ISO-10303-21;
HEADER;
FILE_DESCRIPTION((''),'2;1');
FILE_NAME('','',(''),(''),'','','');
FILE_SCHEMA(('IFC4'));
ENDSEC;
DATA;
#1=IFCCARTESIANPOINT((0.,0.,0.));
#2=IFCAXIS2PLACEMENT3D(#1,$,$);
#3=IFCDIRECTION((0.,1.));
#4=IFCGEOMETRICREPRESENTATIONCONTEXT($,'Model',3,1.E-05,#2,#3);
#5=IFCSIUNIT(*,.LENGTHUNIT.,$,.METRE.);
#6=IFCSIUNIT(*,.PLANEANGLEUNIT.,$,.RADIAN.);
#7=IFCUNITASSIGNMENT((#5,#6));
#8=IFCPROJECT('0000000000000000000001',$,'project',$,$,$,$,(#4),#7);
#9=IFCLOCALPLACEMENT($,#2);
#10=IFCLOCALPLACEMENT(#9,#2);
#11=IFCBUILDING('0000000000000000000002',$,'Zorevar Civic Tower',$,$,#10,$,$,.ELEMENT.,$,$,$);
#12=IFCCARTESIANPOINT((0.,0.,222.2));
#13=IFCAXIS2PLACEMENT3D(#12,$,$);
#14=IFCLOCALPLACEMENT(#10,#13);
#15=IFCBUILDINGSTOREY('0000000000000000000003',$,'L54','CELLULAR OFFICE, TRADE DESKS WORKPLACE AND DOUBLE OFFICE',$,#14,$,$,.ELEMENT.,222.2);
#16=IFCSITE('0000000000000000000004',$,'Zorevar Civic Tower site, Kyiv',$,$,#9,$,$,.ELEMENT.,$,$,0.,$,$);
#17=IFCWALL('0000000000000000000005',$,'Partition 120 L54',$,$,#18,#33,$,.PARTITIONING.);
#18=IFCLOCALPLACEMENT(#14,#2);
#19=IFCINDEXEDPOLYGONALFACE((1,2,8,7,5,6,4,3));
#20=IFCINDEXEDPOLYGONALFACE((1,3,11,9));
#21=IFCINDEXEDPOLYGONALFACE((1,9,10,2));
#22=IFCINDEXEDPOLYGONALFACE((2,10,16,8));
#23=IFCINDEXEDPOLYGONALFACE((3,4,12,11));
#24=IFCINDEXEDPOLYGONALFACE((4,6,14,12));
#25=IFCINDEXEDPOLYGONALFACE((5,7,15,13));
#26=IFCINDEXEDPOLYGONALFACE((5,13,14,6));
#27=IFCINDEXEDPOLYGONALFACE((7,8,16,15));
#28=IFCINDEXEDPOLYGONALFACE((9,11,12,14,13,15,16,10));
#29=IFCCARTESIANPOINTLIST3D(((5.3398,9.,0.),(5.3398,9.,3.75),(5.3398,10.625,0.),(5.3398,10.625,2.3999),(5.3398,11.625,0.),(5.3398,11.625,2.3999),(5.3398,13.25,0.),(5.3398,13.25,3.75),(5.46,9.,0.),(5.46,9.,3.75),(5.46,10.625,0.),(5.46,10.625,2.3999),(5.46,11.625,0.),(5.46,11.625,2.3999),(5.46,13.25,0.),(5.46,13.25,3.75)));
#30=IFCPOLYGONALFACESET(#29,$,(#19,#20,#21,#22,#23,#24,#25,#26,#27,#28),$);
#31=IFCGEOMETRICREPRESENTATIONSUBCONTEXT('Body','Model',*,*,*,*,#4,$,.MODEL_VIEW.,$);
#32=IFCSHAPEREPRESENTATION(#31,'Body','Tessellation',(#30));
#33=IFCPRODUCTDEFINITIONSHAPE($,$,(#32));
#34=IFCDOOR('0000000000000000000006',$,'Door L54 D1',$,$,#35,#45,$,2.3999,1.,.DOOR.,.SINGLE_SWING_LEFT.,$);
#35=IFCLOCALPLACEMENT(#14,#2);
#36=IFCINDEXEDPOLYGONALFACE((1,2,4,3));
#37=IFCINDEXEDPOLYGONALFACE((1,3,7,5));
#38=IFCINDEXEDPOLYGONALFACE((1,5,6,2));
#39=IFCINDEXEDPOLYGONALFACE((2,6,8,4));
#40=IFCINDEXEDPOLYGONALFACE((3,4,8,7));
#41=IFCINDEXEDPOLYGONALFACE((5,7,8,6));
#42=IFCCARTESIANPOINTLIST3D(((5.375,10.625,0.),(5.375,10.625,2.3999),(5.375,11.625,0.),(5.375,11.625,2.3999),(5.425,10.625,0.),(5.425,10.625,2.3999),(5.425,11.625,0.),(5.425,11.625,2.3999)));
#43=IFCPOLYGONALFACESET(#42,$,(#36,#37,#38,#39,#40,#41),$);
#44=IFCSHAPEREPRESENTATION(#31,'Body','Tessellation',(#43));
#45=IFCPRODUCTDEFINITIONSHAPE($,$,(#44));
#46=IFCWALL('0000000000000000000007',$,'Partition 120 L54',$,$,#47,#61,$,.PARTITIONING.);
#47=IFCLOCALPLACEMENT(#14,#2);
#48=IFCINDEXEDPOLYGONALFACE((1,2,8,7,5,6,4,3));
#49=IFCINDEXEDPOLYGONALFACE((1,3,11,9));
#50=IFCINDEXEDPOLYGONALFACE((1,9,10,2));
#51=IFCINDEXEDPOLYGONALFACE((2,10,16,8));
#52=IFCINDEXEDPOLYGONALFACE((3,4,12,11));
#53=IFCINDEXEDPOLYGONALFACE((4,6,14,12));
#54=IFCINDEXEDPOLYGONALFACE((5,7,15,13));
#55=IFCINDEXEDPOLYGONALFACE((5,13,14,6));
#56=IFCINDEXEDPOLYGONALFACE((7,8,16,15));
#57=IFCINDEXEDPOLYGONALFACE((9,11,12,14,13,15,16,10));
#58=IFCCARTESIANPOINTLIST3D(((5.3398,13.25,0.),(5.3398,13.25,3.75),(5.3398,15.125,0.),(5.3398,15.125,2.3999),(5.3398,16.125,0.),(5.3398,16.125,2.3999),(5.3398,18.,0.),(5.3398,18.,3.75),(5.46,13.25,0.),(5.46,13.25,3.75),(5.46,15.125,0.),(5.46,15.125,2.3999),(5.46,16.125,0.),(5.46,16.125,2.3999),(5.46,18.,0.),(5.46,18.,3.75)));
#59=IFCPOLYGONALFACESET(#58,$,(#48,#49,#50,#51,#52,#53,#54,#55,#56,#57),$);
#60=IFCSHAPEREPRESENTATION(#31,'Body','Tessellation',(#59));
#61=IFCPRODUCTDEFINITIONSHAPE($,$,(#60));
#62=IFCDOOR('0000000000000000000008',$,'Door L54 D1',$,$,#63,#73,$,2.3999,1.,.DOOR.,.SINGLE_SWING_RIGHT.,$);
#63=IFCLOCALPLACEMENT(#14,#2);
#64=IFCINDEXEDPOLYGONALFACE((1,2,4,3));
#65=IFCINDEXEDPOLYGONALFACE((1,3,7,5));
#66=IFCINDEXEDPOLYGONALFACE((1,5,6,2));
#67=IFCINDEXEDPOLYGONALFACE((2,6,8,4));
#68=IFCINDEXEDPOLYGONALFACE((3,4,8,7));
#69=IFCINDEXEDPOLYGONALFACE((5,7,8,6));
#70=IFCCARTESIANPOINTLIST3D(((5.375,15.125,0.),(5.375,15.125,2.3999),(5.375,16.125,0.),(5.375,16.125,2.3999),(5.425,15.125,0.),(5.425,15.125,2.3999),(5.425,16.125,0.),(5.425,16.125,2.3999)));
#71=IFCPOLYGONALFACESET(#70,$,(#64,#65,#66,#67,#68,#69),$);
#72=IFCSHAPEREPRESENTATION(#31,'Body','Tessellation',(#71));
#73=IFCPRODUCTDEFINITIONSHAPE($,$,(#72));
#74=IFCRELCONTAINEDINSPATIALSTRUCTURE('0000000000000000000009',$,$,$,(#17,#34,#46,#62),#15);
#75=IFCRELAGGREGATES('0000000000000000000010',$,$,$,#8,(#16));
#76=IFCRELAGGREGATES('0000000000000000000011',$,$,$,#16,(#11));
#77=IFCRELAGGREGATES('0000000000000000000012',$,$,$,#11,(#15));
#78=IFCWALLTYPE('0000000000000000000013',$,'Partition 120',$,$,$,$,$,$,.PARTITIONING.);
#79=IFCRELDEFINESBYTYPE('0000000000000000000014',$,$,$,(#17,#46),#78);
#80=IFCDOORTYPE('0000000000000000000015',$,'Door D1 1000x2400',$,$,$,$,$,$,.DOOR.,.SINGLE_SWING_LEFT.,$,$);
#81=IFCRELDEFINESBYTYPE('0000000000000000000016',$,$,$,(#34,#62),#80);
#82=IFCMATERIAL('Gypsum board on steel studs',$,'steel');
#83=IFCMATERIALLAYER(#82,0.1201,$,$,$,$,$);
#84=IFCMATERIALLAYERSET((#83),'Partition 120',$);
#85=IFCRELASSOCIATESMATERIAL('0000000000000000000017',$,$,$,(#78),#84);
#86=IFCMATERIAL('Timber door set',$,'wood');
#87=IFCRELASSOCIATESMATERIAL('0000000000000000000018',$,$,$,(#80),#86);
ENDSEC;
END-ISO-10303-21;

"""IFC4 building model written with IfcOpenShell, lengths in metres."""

from ifc_helpers import new_model, si_unit, direction, frame, frame_2d, origin, place, context, subcontext, project, spatial, rectangle, extrude, material, layer, layer_set, type_object, element, fill, save


model = new_model("IFC4")

# Units and contexts
model_context = context("Model", 3, precision=1e-05, world=origin(), true_north=direction((0.0, 1.0)))
body_context = subcontext(model_context, "Body", "Model", "MODEL_VIEW")
ifc_project = project(units=[si_unit("LENGTHUNIT", "METRE"), si_unit("PLANEANGLEUNIT", "RADIAN")], contexts=[model_context])

# Site, building, storey
site_placement = place(None, origin())
site = spatial("IfcSite", under=ifc_project, at=site_placement, Name="Zorevar Civic Tower site, Kyiv", CompositionType="ELEMENT", RefElevation=0.0)
building_placement = place(site_placement, origin())
building = spatial("IfcBuilding", under=site, at=building_placement, Name="Zorevar Civic Tower", CompositionType="ELEMENT")
storey_placement = place(building_placement, frame((0.0, 0.0, 222.2)))
storey = spatial("IfcBuildingStorey", under=building, at=storey_placement, Name="L54", Description="CELLULAR OFFICE, TRADE DESKS WORKPLACE AND DOUBLE OFFICE", CompositionType="ELEMENT", Elevation=222.2)

# Shared definitions
ifc_material_1 = material(Name="Gypsum board on steel studs", Category="steel")
ifc_layer_1 = layer(ifc_material_1, 0.1201)
ifc_layer_set_1 = layer_set([ifc_layer_1], Name="Partition 120")
wall_type_1 = type_object("IfcWallType", Name="Partition 120", PredefinedType="PARTITIONING", material=ifc_layer_set_1)

# Walls, openings, doors
wall_1_placement = place(storey_placement, frame((5.3999, 9.0, 0.0), z_axis=(0.0, 0.0, 1.0), x_axis=(0.0, 1.0, 0.0)))
wall_1 = element("IfcWall", 1, at=wall_1_placement, inside=storey, type_object=wall_type_1, Name="Partition 120 L54", PredefinedType="PARTITIONING", context=body_context, shape_type="SweptSolid", body=[
    extrude(rectangle(XDim=4.25, YDim=0.1201, at=frame_2d((2.125, 0.0))), origin(), (0.0, 0.0, 1.0), 3.75),
])
opening_1_placement = place(wall_1_placement, frame((1.625, 0.0, 0.0)))
opening_1 = element("IfcOpeningElement", 2, at=opening_1_placement, cuts=wall_1, PredefinedType="OPENING", context=body_context, shape_type="SweptSolid", body=[
    extrude(rectangle(XDim=1.0, YDim=2.3999, at=frame_2d((0.5, 1.2))), frame((0.0, 0.0701, 0.0), z_axis=(0.0, -1.0, 0.0), x_axis=(1.0, 0.0, 0.0)), (0.0, 0.0, 1.0), 0.1401),
])
ifc_material_2 = material(Name="Timber door set", Category="wood")
door_type_1 = type_object("IfcDoorType", Name="Door D1 1000x2400", OperationType="SINGLE_SWING_LEFT", PredefinedType="DOOR", material=ifc_material_2)
door_1_placement = place(opening_1_placement, origin())
door_1 = element("IfcDoor", 3, at=door_1_placement, inside=storey, type_object=door_type_1, Name="Door L54 D1", OperationType="SINGLE_SWING_LEFT", OverallHeight=2.3999, OverallWidth=1.0, PredefinedType="DOOR", context=body_context, shape_type="SweptSolid", body=[
    extrude(rectangle(XDim=1.0, YDim=2.3999, at=frame_2d((0.5, 1.2))), frame((0.0, 0.0249, 0.0), z_axis=(0.0, -1.0, 0.0), x_axis=(1.0, 0.0, 0.0)), (0.0, 0.0, 1.0), 0.05),
])
fill(opening_1, door_1)
wall_2_placement = place(storey_placement, frame((5.3999, 13.25, 0.0), z_axis=(0.0, 0.0, 1.0), x_axis=(0.0, 1.0, 0.0)))
wall_2 = element("IfcWall", 4, at=wall_2_placement, inside=storey, type_object=wall_type_1, Name="Partition 120 L54", PredefinedType="PARTITIONING", context=body_context, shape_type="SweptSolid", body=[
    extrude(rectangle(XDim=4.75, YDim=0.1201, at=frame_2d((2.375, 0.0))), origin(), (0.0, 0.0, 1.0), 3.75),
])
opening_2_placement = place(wall_2_placement, frame((1.875, 0.0, 0.0)))
opening_2 = element("IfcOpeningElement", 5, at=opening_2_placement, cuts=wall_2, PredefinedType="OPENING", context=body_context, shape_type="SweptSolid", body=[
    extrude(rectangle(XDim=1.0, YDim=2.3999, at=frame_2d((0.5, 1.2))), frame((0.0, 0.0701, 0.0), z_axis=(0.0, -1.0, 0.0), x_axis=(1.0, 0.0, 0.0)), (0.0, 0.0, 1.0), 0.1401),
])
door_2_placement = place(opening_2_placement, origin())
door_2 = element("IfcDoor", 6, at=door_2_placement, inside=storey, type_object=door_type_1, Name="Door L54 D1", OperationType="SINGLE_SWING_RIGHT", OverallHeight=2.3999, OverallWidth=1.0, PredefinedType="DOOR", context=body_context, shape_type="SweptSolid", body=[
    extrude(rectangle(XDim=1.0, YDim=2.3999, at=frame_2d((0.5, 1.2))), frame((0.0, 0.0249, 0.0), z_axis=(0.0, -1.0, 0.0), x_axis=(1.0, 0.0, 0.0)), (0.0, 0.0, 1.0), 0.05),
])
fill(opening_2, door_2)

save(model, "model.ifc")
